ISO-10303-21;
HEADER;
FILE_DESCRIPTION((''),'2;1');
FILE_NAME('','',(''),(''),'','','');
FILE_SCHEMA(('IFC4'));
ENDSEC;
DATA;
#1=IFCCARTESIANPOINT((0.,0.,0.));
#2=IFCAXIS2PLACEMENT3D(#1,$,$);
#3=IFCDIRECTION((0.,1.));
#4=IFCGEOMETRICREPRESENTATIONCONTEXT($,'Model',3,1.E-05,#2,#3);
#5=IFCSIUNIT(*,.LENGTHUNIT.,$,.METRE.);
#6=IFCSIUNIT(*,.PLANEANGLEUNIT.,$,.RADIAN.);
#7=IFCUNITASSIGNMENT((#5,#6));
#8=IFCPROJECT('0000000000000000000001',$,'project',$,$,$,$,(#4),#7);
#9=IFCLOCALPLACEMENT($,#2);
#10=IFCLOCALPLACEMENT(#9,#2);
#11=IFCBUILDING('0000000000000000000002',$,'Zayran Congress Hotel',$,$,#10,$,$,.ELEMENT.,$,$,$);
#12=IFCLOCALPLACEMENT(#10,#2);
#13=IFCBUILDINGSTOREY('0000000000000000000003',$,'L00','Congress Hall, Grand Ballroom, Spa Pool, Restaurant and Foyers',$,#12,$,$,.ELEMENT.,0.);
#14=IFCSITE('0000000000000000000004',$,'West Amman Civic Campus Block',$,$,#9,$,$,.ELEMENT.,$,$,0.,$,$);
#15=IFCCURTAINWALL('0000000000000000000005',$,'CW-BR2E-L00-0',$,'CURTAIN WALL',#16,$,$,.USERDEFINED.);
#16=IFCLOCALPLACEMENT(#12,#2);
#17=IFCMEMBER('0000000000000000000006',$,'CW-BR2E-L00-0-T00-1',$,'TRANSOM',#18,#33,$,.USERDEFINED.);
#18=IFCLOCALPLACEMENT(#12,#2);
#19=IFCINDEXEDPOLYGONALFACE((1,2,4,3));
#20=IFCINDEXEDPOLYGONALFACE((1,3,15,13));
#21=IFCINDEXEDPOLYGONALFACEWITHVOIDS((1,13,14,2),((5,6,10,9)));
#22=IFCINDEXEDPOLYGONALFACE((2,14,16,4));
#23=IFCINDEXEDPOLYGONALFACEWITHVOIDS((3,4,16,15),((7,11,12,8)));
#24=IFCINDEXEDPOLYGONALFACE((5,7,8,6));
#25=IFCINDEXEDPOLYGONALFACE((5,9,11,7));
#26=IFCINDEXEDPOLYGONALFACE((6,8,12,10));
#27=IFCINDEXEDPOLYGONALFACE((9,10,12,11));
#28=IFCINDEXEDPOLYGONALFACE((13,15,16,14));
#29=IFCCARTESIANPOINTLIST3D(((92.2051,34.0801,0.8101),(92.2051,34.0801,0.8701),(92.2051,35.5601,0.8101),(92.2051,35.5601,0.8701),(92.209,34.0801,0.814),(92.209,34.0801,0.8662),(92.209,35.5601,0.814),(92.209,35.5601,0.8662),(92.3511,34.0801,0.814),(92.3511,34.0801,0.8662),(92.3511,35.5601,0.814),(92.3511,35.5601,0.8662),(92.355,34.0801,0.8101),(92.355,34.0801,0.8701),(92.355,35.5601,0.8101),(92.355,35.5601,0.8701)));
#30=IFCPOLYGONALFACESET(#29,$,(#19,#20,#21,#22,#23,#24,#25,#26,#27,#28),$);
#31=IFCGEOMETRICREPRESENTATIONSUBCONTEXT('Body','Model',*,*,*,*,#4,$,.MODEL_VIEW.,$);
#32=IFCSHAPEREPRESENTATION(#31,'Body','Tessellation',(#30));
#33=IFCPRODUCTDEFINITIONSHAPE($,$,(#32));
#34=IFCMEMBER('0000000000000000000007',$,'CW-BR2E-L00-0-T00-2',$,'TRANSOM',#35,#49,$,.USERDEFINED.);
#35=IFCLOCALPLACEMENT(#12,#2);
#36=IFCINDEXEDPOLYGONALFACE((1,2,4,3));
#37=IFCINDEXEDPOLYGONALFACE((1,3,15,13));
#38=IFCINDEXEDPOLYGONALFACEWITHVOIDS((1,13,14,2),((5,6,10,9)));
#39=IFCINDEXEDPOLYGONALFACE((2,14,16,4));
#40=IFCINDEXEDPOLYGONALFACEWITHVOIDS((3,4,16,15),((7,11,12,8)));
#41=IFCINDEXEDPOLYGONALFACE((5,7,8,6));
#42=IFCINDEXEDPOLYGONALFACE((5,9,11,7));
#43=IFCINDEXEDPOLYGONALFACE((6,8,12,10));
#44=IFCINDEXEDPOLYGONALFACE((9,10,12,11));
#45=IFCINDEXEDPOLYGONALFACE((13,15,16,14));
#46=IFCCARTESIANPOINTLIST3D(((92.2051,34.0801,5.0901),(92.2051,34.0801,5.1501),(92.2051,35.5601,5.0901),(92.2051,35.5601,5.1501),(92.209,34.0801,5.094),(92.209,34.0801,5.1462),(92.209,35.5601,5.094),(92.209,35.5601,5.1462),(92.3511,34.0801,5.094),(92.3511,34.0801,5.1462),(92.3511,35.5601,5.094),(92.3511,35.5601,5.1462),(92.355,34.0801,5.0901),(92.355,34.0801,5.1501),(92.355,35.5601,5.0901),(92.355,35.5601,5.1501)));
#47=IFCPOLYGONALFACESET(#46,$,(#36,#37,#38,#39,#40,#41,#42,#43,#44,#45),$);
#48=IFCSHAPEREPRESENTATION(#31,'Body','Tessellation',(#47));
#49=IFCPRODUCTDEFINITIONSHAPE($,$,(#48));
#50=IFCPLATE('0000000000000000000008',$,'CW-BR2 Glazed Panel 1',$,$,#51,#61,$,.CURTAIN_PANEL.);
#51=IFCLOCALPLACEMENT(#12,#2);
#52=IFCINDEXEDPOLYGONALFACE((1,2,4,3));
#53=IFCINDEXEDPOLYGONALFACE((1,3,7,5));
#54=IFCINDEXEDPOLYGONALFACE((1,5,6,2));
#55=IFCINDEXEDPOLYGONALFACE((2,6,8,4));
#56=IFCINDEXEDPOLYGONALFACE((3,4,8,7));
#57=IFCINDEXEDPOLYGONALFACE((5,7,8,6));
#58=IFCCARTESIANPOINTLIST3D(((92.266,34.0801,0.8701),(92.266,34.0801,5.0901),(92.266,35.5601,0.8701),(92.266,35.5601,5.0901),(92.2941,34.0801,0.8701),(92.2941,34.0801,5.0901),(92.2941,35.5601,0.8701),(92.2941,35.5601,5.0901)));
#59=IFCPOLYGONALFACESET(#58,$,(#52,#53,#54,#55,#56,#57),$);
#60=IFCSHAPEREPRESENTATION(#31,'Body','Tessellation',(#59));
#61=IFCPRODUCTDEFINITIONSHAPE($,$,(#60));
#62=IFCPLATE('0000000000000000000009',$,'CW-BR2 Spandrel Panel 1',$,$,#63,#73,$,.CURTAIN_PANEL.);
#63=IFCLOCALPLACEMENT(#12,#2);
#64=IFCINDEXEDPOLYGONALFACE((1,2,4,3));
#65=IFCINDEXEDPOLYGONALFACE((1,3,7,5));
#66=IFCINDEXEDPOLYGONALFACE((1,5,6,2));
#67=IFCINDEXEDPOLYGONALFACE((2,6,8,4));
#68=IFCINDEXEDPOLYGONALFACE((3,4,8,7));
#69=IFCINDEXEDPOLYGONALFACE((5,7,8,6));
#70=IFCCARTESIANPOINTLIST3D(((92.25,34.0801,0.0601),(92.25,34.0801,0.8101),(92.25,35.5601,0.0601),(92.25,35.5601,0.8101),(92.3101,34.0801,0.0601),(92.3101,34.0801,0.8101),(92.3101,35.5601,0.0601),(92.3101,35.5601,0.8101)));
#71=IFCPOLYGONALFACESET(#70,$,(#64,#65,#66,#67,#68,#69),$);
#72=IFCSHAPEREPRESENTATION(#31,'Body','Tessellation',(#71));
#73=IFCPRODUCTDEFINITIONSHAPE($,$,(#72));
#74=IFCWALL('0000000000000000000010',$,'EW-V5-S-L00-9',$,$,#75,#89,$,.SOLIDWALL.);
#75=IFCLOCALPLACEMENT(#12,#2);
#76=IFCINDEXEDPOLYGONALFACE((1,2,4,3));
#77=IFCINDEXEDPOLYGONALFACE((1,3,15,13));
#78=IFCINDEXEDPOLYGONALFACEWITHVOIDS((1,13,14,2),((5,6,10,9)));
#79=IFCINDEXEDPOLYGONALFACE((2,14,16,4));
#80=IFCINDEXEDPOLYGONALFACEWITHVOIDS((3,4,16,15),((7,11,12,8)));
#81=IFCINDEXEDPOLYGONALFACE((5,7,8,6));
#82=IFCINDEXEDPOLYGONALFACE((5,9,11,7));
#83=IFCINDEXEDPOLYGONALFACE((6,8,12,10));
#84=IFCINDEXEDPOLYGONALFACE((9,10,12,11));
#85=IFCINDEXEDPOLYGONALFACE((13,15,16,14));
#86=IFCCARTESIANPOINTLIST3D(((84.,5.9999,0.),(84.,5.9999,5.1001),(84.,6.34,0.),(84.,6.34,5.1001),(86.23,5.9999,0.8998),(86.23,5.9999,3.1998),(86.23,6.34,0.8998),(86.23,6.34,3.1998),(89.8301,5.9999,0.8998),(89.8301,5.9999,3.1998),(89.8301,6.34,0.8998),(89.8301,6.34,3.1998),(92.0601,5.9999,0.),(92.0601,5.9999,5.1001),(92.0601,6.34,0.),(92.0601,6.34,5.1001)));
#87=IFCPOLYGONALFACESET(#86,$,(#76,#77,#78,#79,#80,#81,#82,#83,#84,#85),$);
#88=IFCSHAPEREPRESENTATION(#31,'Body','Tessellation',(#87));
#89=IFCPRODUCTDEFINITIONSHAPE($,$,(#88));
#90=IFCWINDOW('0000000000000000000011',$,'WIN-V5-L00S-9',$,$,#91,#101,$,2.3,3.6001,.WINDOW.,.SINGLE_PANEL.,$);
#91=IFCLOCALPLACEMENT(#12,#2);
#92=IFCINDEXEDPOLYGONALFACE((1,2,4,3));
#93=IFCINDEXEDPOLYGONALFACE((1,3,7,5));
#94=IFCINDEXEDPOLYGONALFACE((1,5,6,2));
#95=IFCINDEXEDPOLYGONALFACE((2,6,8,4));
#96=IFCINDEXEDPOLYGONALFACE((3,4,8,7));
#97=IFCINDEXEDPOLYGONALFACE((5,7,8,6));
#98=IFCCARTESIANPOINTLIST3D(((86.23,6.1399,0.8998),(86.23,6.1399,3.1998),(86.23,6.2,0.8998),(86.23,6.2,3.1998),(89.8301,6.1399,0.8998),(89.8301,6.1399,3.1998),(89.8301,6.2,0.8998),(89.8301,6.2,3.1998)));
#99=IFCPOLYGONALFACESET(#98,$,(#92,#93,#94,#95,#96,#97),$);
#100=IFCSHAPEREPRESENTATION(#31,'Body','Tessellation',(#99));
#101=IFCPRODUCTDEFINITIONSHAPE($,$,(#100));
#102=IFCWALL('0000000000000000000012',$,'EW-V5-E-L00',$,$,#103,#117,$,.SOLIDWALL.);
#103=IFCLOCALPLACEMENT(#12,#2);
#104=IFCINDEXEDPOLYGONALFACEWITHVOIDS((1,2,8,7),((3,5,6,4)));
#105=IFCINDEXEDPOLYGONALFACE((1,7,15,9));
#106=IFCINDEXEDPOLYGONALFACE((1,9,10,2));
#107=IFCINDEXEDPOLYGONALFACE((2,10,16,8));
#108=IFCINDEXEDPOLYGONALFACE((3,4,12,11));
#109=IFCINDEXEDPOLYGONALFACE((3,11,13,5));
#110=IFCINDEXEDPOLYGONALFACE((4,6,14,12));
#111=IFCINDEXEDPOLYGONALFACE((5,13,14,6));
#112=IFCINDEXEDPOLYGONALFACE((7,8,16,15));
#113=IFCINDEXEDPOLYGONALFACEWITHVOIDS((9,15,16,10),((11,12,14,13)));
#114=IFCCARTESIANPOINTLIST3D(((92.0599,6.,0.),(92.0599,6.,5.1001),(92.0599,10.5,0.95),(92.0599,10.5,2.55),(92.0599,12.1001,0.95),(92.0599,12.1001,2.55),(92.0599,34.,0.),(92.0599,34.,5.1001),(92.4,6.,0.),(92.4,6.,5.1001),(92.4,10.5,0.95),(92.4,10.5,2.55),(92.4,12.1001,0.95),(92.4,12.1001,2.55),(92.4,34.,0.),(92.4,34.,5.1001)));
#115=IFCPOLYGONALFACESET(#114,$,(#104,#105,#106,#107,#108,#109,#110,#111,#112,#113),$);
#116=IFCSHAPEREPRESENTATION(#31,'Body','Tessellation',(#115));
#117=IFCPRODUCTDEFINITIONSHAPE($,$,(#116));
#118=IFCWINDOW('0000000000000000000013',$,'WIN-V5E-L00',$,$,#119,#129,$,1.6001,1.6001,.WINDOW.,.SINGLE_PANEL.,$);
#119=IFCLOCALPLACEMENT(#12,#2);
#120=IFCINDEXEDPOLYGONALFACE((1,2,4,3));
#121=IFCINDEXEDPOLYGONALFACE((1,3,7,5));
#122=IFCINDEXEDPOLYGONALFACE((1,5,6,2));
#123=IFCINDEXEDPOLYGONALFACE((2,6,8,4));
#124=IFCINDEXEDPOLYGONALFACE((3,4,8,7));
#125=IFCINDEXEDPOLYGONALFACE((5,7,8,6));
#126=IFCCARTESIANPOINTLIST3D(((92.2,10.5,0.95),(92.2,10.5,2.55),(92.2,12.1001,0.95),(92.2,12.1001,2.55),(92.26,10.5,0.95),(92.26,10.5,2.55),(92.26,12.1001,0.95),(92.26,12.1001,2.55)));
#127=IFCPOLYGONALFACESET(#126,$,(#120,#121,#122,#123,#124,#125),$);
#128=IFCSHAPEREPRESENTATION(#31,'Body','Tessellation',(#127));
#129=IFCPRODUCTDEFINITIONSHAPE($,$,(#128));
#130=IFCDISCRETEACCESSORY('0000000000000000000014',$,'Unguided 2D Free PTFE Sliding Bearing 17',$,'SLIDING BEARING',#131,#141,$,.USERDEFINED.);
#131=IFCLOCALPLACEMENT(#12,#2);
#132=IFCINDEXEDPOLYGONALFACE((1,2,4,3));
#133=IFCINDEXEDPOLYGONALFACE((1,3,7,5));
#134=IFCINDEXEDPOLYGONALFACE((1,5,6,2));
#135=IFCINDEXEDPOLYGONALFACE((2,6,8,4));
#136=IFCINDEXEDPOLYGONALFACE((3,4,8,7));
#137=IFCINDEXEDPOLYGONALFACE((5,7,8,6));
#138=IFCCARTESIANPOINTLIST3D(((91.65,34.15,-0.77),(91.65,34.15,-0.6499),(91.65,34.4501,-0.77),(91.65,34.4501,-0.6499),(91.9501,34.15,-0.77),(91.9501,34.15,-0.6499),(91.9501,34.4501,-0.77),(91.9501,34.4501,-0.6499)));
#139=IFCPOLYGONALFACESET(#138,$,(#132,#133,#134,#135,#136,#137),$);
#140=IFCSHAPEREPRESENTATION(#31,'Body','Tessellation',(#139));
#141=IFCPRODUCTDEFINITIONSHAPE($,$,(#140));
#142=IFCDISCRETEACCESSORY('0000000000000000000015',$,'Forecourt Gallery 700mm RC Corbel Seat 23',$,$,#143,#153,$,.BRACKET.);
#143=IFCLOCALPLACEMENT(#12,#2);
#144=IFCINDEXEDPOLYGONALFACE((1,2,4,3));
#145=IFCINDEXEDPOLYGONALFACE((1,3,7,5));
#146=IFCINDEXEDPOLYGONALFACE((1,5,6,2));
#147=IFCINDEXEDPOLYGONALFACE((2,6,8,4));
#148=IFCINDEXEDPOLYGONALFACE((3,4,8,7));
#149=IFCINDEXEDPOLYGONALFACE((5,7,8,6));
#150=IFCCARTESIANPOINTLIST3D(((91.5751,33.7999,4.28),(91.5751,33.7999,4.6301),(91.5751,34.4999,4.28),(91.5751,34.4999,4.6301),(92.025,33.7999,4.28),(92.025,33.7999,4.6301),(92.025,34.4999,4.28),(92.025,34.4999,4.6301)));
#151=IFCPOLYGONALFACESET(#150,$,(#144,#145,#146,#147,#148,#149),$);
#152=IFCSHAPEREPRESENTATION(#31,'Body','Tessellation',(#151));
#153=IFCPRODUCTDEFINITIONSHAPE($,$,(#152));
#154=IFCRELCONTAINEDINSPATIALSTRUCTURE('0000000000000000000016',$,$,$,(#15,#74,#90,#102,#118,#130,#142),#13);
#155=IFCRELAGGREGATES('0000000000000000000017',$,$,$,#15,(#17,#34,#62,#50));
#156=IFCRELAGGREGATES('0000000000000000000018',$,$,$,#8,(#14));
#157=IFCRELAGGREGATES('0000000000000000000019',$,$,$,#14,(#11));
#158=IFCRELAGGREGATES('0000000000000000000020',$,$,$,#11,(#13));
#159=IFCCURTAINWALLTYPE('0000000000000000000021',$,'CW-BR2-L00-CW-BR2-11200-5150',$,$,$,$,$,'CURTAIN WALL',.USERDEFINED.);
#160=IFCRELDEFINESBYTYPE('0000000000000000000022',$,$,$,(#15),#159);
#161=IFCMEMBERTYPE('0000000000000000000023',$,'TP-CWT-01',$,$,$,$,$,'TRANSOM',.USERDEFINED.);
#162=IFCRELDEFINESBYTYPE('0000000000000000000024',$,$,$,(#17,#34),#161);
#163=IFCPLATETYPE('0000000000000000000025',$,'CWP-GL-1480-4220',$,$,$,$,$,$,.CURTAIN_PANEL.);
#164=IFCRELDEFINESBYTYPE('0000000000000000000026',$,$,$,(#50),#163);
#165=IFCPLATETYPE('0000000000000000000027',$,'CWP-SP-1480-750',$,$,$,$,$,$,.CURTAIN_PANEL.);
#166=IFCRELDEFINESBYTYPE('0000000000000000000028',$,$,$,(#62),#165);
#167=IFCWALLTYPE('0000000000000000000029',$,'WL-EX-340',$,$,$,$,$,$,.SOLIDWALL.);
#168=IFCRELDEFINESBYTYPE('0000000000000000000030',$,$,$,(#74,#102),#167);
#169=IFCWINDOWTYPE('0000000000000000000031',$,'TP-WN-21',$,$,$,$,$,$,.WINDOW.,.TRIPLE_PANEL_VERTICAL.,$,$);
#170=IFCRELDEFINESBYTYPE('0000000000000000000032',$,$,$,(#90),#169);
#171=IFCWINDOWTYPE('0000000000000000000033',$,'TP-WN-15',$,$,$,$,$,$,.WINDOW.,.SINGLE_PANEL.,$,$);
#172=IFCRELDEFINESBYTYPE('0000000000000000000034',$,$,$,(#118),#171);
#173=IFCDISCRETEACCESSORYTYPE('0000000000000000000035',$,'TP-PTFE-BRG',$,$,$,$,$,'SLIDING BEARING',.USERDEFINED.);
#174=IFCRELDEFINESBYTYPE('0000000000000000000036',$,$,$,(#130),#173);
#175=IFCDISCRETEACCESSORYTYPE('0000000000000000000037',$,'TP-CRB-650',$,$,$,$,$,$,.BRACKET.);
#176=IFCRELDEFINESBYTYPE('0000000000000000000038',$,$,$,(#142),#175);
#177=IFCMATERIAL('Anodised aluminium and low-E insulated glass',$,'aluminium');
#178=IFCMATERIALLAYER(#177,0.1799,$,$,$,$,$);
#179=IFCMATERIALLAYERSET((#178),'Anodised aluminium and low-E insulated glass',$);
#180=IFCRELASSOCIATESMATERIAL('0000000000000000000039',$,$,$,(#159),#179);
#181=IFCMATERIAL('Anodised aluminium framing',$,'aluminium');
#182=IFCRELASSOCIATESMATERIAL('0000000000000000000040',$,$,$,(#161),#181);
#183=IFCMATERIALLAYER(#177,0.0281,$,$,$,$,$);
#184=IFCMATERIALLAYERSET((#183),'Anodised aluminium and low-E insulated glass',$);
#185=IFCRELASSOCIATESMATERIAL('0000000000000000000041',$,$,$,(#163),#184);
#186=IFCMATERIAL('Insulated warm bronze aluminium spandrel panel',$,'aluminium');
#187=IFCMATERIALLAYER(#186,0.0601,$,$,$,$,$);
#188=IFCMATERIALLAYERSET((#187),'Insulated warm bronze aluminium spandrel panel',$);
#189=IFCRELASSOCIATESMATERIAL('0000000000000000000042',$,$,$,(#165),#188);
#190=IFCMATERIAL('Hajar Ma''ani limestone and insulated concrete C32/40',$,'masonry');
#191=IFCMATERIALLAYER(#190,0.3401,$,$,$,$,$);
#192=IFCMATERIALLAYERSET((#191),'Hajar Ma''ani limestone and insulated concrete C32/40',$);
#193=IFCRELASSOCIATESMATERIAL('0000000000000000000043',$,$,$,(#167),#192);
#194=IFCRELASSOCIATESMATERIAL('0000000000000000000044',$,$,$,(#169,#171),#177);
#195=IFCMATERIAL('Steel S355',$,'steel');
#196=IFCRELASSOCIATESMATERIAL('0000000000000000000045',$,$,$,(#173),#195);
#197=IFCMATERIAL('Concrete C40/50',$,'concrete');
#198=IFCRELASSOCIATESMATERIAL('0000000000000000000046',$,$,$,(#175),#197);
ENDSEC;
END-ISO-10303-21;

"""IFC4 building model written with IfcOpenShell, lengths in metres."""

from ifc_helpers import new_model, si_unit, direction, frame, frame_2d, origin, origin_2d, place, context, subcontext, project, spatial, rectangle, hollow_rectangle, extrude, material, layer, layer_set, material_profile, profile_set, type_object, element, fill, aggregate, save


model = new_model("IFC4")

# Units and contexts
model_context = context("Model", 3, precision=1e-05, world=origin(), true_north=direction((0.0, 1.0)))
body_context = subcontext(model_context, "Body", "Model", "MODEL_VIEW")
ifc_project = project(units=[si_unit("LENGTHUNIT", "METRE"), si_unit("PLANEANGLEUNIT", "RADIAN")], contexts=[model_context])

# Site, building, storey
site_placement = place(None, origin())
site = spatial("IfcSite", under=ifc_project, at=site_placement, Name="West Amman Civic Campus Block", CompositionType="ELEMENT", RefElevation=0.0)
building_placement = place(site_placement, origin())
building = spatial("IfcBuilding", under=site, at=building_placement, Name="Zayran Congress Hotel", CompositionType="ELEMENT")
storey_placement = place(building_placement, origin())
storey = spatial("IfcBuildingStorey", under=building, at=storey_placement, Name="L00", Description="Congress Hall, Grand Ballroom, Spa Pool, Restaurant and Foyers", CompositionType="ELEMENT", Elevation=0.0)

# Shared definitions
ifc_material_1 = material(Name="Concrete C40/50", Category="concrete")

# Shared definitions
ifc_material_2 = material(Name="Steel S355", Category="steel")

# Curtain wall, members, plates
ifc_material_3 = material(Name="Anodised aluminium and low-E insulated glass", Category="aluminium")
ifc_layer_1 = layer(ifc_material_3, 0.1799)
ifc_layer_set_1 = layer_set([ifc_layer_1], Name="Anodised aluminium and low-E insulated glass")
curtain_wall_type = type_object("IfcCurtainWallType", Name="CW-BR2-L00-CW-BR2-11200-5150", ElementType="CURTAIN WALL", PredefinedType="USERDEFINED", material=ifc_layer_set_1)
curtain_wall_placement = place(storey_placement, origin())
curtain_wall = element("IfcCurtainWall", 1, at=curtain_wall_placement, inside=storey, type_object=curtain_wall_type, Name="CW-BR2E-L00-0", ObjectType="CURTAIN WALL", PredefinedType="USERDEFINED")
ifc_material_4 = material(Name="Anodised aluminium framing", Category="aluminium")
ifc_material_profile_1 = material_profile(ifc_material_4, hollow_rectangle(XDim=0.0601, YDim=0.1499, WallThickness=0.0039, at=origin_2d()), Name="RHS 150x60x4")
ifc_profile_set_1 = profile_set([ifc_material_profile_1], Name="Anodised aluminium framing")
member_type_1 = type_object("IfcMemberType", Name="TP-CWT-01", ElementType="TRANSOM", PredefinedType="USERDEFINED", material=ifc_profile_set_1)
member_1_placement = place(storey_placement, frame((92.28, 34.0801, 0.8401), z_axis=(0.0, 1.0, 0.0), x_axis=(0.0, 0.0, 1.0)))
member_1 = element("IfcMember", 2, at=member_1_placement, type_object=member_type_1, Name="CW-BR2E-L00-0-T00-1", ObjectType="TRANSOM", PredefinedType="USERDEFINED", context=body_context, shape_type="SweptSolid", body=[
    extrude(hollow_rectangle(XDim=0.0601, YDim=0.1499, WallThickness=0.0039, at=origin_2d()), origin(), (0.0, 0.0, 1.0), 1.48),
])
member_2_placement = place(storey_placement, frame((92.28, 34.0801, 5.1201), z_axis=(0.0, 1.0, 0.0), x_axis=(0.0, 0.0, 1.0)))
member_2 = element("IfcMember", 3, at=member_2_placement, type_object=member_type_1, Name="CW-BR2E-L00-0-T00-2", ObjectType="TRANSOM", PredefinedType="USERDEFINED", context=body_context, shape_type="SweptSolid", body=[
    extrude(hollow_rectangle(XDim=0.0601, YDim=0.1499, WallThickness=0.0039, at=origin_2d()), origin(), (0.0, 0.0, 1.0), 1.48),
])
ifc_layer_2 = layer(ifc_material_3, 0.0281)
ifc_layer_set_2 = layer_set([ifc_layer_2], Name="Anodised aluminium and low-E insulated glass")
plate_type_1 = type_object("IfcPlateType", Name="CWP-GL-1480-4220", PredefinedType="CURTAIN_PANEL", material=ifc_layer_set_2)
plate_1_placement = place(storey_placement, frame((92.28, 34.8201, 0.8701), z_axis=(0.0, 0.0, 1.0), x_axis=(0.0, 1.0, 0.0)))
plate_1 = element("IfcPlate", 4, at=plate_1_placement, type_object=plate_type_1, Name="CW-BR2 Glazed Panel 1", PredefinedType="CURTAIN_PANEL", context=body_context, shape_type="SweptSolid", body=[
    extrude(rectangle(XDim=1.48, YDim=0.0281, at=origin_2d()), origin(), (0.0, 0.0, 1.0), 4.22),
])
ifc_material_5 = material(Name="Insulated warm bronze aluminium spandrel panel", Category="aluminium")
ifc_layer_3 = layer(ifc_material_5, 0.0601)
ifc_layer_set_3 = layer_set([ifc_layer_3], Name="Insulated warm bronze aluminium spandrel panel")
plate_type_2 = type_object("IfcPlateType", Name="CWP-SP-1480-750", PredefinedType="CURTAIN_PANEL", material=ifc_layer_set_3)
plate_2_placement = place(storey_placement, frame((92.28, 34.8201, 0.0601), z_axis=(0.0, 0.0, 1.0), x_axis=(0.0, 1.0, 0.0)))
plate_2 = element("IfcPlate", 5, at=plate_2_placement, type_object=plate_type_2, Name="CW-BR2 Spandrel Panel 1", PredefinedType="CURTAIN_PANEL", context=body_context, shape_type="SweptSolid", body=[
    extrude(rectangle(XDim=1.48, YDim=0.0601, at=origin_2d()), origin(), (0.0, 0.0, 1.0), 0.75),
])
aggregate(curtain_wall, [member_1, member_2, plate_2, plate_1])

# Walls, openings, windows
ifc_material_6 = material(Name="Hajar Ma'ani limestone and insulated concrete C32/40", Category="masonry")
ifc_layer_4 = layer(ifc_material_6, 0.3401)
ifc_layer_set_4 = layer_set([ifc_layer_4], Name="Hajar Ma'ani limestone and insulated concrete C32/40")
wall_type_1 = type_object("IfcWallType", Name="WL-EX-340", PredefinedType="SOLIDWALL", material=ifc_layer_set_4)
wall_1_placement = place(storey_placement, frame((92.0601, 6.1699, 0.0), z_axis=(0.0, 0.0, 1.0), x_axis=(-1.0, 0.0, 0.0)))
wall_1 = element("IfcWall", 6, at=wall_1_placement, inside=storey, type_object=wall_type_1, Name="EW-V5-S-L00-9", PredefinedType="SOLIDWALL", context=body_context, shape_type="SweptSolid", body=[
    extrude(rectangle(XDim=8.0601, YDim=0.3401, at=frame_2d((4.03, 0.0))), origin(), (0.0, 0.0, 1.0), 5.1001),
])
opening_1_placement = place(wall_1_placement, frame((2.23, 0.0, 0.8999)))
opening_1 = element("IfcOpeningElement", 7, at=opening_1_placement, cuts=wall_1, PredefinedType="OPENING", context=body_context, shape_type="SweptSolid", body=[
    extrude(rectangle(XDim=3.6001, YDim=2.3, at=frame_2d((1.8, 1.1499))), frame((0.0, 0.1799, 0.0), z_axis=(0.0, -1.0, 0.0), x_axis=(1.0, 0.0, 0.0)), (0.0, 0.0, 1.0), 0.3601),
])
window_type_1 = type_object("IfcWindowType", Name="TP-WN-21", PartitioningType="TRIPLE_PANEL_VERTICAL", PredefinedType="WINDOW", material=ifc_material_3)
window_1_placement = place(opening_1_placement, origin())
window_1 = element("IfcWindow", 8, at=window_1_placement, inside=storey, type_object=window_type_1, Name="WIN-V5-L00S-9", OverallHeight=2.3, OverallWidth=3.6001, PartitioningType="SINGLE_PANEL", PredefinedType="WINDOW", context=body_context, shape_type="SweptSolid", body=[
    extrude(rectangle(XDim=3.6001, YDim=2.3, at=frame_2d((1.8, 1.1499))), frame((0.0, 0.03, 0.0), z_axis=(0.0, -1.0, 0.0), x_axis=(1.0, 0.0, 0.0)), (0.0, 0.0, 1.0), 0.0601),
])
fill(opening_1, window_1)
wall_2_placement = place(storey_placement, frame((92.23, 34.0, 0.0), z_axis=(0.0, 0.0, 1.0), x_axis=(0.0, -1.0, 0.0)))
wall_2 = element("IfcWall", 9, at=wall_2_placement, inside=storey, type_object=wall_type_1, Name="EW-V5-E-L00", PredefinedType="SOLIDWALL", context=body_context, shape_type="SweptSolid", body=[
    extrude(rectangle(XDim=28.0, YDim=0.3401, at=frame_2d((14.0, 0.0))), origin(), (0.0, 0.0, 1.0), 5.1001),
])
opening_2_placement = place(wall_2_placement, frame((21.8999, 0.0, 0.95)))
opening_2 = element("IfcOpeningElement", 10, at=opening_2_placement, cuts=wall_2, PredefinedType="OPENING", context=body_context, shape_type="SweptSolid", body=[
    extrude(rectangle(XDim=1.6001, YDim=1.6001, at=frame_2d((0.8, 0.8))), frame((0.0, 0.1799, 0.0), z_axis=(0.0, -1.0, 0.0), x_axis=(1.0, 0.0, 0.0)), (0.0, 0.0, 1.0), 0.3601),
])
window_type_2 = type_object("IfcWindowType", Name="TP-WN-15", PartitioningType="SINGLE_PANEL", PredefinedType="WINDOW", material=ifc_material_3)
window_2_placement = place(opening_2_placement, origin())
window_2 = element("IfcWindow", 11, at=window_2_placement, inside=storey, type_object=window_type_2, Name="WIN-V5E-L00", OverallHeight=1.6001, OverallWidth=1.6001, PartitioningType="SINGLE_PANEL", PredefinedType="WINDOW", context=body_context, shape_type="SweptSolid", body=[
    extrude(rectangle(XDim=1.6001, YDim=1.6001, at=frame_2d((0.8, 0.8))), frame((0.0, 0.03, 0.0), z_axis=(0.0, -1.0, 0.0), x_axis=(1.0, 0.0, 0.0)), (0.0, 0.0, 1.0), 0.0601),
])
fill(opening_2, window_2)

# Discrete accessories
discrete_accessory_type_1 = type_object("IfcDiscreteAccessoryType", Name="TP-PTFE-BRG", ElementType="SLIDING BEARING", PredefinedType="USERDEFINED", material=ifc_material_2)
discrete_accessory_1_placement = place(storey_placement, frame((91.8, 34.3, -0.77), z_axis=(0.0, 0.0, 1.0), x_axis=(1.0, 0.0, 0.0)))
element("IfcDiscreteAccessory", 12, at=discrete_accessory_1_placement, inside=storey, type_object=discrete_accessory_type_1, Name="Unguided 2D Free PTFE Sliding Bearing 17", ObjectType="SLIDING BEARING", PredefinedType="USERDEFINED", context=body_context, shape_type="SweptSolid", body=[
    extrude(rectangle(XDim=0.3, YDim=0.3, at=origin_2d()), origin(), (0.0, 0.0, 1.0), 0.1201),
])
discrete_accessory_type_2 = type_object("IfcDiscreteAccessoryType", Name="TP-CRB-650", PredefinedType="BRACKET", material=ifc_material_1)
discrete_accessory_2_placement = place(storey_placement, frame((91.8, 34.1499, 4.28), z_axis=(0.0, 0.0, 1.0), x_axis=(0.0, 1.0, 0.0)))
element("IfcDiscreteAccessory", 13, at=discrete_accessory_2_placement, inside=storey, type_object=discrete_accessory_type_2, Name="Forecourt Gallery 700mm RC Corbel Seat 23", PredefinedType="BRACKET", context=body_context, shape_type="SweptSolid", body=[
    extrude(rectangle(XDim=0.7, YDim=0.45, at=origin_2d()), origin(), (0.0, 0.0, 1.0), 0.3501),
])

save(model, "model.ifc")
